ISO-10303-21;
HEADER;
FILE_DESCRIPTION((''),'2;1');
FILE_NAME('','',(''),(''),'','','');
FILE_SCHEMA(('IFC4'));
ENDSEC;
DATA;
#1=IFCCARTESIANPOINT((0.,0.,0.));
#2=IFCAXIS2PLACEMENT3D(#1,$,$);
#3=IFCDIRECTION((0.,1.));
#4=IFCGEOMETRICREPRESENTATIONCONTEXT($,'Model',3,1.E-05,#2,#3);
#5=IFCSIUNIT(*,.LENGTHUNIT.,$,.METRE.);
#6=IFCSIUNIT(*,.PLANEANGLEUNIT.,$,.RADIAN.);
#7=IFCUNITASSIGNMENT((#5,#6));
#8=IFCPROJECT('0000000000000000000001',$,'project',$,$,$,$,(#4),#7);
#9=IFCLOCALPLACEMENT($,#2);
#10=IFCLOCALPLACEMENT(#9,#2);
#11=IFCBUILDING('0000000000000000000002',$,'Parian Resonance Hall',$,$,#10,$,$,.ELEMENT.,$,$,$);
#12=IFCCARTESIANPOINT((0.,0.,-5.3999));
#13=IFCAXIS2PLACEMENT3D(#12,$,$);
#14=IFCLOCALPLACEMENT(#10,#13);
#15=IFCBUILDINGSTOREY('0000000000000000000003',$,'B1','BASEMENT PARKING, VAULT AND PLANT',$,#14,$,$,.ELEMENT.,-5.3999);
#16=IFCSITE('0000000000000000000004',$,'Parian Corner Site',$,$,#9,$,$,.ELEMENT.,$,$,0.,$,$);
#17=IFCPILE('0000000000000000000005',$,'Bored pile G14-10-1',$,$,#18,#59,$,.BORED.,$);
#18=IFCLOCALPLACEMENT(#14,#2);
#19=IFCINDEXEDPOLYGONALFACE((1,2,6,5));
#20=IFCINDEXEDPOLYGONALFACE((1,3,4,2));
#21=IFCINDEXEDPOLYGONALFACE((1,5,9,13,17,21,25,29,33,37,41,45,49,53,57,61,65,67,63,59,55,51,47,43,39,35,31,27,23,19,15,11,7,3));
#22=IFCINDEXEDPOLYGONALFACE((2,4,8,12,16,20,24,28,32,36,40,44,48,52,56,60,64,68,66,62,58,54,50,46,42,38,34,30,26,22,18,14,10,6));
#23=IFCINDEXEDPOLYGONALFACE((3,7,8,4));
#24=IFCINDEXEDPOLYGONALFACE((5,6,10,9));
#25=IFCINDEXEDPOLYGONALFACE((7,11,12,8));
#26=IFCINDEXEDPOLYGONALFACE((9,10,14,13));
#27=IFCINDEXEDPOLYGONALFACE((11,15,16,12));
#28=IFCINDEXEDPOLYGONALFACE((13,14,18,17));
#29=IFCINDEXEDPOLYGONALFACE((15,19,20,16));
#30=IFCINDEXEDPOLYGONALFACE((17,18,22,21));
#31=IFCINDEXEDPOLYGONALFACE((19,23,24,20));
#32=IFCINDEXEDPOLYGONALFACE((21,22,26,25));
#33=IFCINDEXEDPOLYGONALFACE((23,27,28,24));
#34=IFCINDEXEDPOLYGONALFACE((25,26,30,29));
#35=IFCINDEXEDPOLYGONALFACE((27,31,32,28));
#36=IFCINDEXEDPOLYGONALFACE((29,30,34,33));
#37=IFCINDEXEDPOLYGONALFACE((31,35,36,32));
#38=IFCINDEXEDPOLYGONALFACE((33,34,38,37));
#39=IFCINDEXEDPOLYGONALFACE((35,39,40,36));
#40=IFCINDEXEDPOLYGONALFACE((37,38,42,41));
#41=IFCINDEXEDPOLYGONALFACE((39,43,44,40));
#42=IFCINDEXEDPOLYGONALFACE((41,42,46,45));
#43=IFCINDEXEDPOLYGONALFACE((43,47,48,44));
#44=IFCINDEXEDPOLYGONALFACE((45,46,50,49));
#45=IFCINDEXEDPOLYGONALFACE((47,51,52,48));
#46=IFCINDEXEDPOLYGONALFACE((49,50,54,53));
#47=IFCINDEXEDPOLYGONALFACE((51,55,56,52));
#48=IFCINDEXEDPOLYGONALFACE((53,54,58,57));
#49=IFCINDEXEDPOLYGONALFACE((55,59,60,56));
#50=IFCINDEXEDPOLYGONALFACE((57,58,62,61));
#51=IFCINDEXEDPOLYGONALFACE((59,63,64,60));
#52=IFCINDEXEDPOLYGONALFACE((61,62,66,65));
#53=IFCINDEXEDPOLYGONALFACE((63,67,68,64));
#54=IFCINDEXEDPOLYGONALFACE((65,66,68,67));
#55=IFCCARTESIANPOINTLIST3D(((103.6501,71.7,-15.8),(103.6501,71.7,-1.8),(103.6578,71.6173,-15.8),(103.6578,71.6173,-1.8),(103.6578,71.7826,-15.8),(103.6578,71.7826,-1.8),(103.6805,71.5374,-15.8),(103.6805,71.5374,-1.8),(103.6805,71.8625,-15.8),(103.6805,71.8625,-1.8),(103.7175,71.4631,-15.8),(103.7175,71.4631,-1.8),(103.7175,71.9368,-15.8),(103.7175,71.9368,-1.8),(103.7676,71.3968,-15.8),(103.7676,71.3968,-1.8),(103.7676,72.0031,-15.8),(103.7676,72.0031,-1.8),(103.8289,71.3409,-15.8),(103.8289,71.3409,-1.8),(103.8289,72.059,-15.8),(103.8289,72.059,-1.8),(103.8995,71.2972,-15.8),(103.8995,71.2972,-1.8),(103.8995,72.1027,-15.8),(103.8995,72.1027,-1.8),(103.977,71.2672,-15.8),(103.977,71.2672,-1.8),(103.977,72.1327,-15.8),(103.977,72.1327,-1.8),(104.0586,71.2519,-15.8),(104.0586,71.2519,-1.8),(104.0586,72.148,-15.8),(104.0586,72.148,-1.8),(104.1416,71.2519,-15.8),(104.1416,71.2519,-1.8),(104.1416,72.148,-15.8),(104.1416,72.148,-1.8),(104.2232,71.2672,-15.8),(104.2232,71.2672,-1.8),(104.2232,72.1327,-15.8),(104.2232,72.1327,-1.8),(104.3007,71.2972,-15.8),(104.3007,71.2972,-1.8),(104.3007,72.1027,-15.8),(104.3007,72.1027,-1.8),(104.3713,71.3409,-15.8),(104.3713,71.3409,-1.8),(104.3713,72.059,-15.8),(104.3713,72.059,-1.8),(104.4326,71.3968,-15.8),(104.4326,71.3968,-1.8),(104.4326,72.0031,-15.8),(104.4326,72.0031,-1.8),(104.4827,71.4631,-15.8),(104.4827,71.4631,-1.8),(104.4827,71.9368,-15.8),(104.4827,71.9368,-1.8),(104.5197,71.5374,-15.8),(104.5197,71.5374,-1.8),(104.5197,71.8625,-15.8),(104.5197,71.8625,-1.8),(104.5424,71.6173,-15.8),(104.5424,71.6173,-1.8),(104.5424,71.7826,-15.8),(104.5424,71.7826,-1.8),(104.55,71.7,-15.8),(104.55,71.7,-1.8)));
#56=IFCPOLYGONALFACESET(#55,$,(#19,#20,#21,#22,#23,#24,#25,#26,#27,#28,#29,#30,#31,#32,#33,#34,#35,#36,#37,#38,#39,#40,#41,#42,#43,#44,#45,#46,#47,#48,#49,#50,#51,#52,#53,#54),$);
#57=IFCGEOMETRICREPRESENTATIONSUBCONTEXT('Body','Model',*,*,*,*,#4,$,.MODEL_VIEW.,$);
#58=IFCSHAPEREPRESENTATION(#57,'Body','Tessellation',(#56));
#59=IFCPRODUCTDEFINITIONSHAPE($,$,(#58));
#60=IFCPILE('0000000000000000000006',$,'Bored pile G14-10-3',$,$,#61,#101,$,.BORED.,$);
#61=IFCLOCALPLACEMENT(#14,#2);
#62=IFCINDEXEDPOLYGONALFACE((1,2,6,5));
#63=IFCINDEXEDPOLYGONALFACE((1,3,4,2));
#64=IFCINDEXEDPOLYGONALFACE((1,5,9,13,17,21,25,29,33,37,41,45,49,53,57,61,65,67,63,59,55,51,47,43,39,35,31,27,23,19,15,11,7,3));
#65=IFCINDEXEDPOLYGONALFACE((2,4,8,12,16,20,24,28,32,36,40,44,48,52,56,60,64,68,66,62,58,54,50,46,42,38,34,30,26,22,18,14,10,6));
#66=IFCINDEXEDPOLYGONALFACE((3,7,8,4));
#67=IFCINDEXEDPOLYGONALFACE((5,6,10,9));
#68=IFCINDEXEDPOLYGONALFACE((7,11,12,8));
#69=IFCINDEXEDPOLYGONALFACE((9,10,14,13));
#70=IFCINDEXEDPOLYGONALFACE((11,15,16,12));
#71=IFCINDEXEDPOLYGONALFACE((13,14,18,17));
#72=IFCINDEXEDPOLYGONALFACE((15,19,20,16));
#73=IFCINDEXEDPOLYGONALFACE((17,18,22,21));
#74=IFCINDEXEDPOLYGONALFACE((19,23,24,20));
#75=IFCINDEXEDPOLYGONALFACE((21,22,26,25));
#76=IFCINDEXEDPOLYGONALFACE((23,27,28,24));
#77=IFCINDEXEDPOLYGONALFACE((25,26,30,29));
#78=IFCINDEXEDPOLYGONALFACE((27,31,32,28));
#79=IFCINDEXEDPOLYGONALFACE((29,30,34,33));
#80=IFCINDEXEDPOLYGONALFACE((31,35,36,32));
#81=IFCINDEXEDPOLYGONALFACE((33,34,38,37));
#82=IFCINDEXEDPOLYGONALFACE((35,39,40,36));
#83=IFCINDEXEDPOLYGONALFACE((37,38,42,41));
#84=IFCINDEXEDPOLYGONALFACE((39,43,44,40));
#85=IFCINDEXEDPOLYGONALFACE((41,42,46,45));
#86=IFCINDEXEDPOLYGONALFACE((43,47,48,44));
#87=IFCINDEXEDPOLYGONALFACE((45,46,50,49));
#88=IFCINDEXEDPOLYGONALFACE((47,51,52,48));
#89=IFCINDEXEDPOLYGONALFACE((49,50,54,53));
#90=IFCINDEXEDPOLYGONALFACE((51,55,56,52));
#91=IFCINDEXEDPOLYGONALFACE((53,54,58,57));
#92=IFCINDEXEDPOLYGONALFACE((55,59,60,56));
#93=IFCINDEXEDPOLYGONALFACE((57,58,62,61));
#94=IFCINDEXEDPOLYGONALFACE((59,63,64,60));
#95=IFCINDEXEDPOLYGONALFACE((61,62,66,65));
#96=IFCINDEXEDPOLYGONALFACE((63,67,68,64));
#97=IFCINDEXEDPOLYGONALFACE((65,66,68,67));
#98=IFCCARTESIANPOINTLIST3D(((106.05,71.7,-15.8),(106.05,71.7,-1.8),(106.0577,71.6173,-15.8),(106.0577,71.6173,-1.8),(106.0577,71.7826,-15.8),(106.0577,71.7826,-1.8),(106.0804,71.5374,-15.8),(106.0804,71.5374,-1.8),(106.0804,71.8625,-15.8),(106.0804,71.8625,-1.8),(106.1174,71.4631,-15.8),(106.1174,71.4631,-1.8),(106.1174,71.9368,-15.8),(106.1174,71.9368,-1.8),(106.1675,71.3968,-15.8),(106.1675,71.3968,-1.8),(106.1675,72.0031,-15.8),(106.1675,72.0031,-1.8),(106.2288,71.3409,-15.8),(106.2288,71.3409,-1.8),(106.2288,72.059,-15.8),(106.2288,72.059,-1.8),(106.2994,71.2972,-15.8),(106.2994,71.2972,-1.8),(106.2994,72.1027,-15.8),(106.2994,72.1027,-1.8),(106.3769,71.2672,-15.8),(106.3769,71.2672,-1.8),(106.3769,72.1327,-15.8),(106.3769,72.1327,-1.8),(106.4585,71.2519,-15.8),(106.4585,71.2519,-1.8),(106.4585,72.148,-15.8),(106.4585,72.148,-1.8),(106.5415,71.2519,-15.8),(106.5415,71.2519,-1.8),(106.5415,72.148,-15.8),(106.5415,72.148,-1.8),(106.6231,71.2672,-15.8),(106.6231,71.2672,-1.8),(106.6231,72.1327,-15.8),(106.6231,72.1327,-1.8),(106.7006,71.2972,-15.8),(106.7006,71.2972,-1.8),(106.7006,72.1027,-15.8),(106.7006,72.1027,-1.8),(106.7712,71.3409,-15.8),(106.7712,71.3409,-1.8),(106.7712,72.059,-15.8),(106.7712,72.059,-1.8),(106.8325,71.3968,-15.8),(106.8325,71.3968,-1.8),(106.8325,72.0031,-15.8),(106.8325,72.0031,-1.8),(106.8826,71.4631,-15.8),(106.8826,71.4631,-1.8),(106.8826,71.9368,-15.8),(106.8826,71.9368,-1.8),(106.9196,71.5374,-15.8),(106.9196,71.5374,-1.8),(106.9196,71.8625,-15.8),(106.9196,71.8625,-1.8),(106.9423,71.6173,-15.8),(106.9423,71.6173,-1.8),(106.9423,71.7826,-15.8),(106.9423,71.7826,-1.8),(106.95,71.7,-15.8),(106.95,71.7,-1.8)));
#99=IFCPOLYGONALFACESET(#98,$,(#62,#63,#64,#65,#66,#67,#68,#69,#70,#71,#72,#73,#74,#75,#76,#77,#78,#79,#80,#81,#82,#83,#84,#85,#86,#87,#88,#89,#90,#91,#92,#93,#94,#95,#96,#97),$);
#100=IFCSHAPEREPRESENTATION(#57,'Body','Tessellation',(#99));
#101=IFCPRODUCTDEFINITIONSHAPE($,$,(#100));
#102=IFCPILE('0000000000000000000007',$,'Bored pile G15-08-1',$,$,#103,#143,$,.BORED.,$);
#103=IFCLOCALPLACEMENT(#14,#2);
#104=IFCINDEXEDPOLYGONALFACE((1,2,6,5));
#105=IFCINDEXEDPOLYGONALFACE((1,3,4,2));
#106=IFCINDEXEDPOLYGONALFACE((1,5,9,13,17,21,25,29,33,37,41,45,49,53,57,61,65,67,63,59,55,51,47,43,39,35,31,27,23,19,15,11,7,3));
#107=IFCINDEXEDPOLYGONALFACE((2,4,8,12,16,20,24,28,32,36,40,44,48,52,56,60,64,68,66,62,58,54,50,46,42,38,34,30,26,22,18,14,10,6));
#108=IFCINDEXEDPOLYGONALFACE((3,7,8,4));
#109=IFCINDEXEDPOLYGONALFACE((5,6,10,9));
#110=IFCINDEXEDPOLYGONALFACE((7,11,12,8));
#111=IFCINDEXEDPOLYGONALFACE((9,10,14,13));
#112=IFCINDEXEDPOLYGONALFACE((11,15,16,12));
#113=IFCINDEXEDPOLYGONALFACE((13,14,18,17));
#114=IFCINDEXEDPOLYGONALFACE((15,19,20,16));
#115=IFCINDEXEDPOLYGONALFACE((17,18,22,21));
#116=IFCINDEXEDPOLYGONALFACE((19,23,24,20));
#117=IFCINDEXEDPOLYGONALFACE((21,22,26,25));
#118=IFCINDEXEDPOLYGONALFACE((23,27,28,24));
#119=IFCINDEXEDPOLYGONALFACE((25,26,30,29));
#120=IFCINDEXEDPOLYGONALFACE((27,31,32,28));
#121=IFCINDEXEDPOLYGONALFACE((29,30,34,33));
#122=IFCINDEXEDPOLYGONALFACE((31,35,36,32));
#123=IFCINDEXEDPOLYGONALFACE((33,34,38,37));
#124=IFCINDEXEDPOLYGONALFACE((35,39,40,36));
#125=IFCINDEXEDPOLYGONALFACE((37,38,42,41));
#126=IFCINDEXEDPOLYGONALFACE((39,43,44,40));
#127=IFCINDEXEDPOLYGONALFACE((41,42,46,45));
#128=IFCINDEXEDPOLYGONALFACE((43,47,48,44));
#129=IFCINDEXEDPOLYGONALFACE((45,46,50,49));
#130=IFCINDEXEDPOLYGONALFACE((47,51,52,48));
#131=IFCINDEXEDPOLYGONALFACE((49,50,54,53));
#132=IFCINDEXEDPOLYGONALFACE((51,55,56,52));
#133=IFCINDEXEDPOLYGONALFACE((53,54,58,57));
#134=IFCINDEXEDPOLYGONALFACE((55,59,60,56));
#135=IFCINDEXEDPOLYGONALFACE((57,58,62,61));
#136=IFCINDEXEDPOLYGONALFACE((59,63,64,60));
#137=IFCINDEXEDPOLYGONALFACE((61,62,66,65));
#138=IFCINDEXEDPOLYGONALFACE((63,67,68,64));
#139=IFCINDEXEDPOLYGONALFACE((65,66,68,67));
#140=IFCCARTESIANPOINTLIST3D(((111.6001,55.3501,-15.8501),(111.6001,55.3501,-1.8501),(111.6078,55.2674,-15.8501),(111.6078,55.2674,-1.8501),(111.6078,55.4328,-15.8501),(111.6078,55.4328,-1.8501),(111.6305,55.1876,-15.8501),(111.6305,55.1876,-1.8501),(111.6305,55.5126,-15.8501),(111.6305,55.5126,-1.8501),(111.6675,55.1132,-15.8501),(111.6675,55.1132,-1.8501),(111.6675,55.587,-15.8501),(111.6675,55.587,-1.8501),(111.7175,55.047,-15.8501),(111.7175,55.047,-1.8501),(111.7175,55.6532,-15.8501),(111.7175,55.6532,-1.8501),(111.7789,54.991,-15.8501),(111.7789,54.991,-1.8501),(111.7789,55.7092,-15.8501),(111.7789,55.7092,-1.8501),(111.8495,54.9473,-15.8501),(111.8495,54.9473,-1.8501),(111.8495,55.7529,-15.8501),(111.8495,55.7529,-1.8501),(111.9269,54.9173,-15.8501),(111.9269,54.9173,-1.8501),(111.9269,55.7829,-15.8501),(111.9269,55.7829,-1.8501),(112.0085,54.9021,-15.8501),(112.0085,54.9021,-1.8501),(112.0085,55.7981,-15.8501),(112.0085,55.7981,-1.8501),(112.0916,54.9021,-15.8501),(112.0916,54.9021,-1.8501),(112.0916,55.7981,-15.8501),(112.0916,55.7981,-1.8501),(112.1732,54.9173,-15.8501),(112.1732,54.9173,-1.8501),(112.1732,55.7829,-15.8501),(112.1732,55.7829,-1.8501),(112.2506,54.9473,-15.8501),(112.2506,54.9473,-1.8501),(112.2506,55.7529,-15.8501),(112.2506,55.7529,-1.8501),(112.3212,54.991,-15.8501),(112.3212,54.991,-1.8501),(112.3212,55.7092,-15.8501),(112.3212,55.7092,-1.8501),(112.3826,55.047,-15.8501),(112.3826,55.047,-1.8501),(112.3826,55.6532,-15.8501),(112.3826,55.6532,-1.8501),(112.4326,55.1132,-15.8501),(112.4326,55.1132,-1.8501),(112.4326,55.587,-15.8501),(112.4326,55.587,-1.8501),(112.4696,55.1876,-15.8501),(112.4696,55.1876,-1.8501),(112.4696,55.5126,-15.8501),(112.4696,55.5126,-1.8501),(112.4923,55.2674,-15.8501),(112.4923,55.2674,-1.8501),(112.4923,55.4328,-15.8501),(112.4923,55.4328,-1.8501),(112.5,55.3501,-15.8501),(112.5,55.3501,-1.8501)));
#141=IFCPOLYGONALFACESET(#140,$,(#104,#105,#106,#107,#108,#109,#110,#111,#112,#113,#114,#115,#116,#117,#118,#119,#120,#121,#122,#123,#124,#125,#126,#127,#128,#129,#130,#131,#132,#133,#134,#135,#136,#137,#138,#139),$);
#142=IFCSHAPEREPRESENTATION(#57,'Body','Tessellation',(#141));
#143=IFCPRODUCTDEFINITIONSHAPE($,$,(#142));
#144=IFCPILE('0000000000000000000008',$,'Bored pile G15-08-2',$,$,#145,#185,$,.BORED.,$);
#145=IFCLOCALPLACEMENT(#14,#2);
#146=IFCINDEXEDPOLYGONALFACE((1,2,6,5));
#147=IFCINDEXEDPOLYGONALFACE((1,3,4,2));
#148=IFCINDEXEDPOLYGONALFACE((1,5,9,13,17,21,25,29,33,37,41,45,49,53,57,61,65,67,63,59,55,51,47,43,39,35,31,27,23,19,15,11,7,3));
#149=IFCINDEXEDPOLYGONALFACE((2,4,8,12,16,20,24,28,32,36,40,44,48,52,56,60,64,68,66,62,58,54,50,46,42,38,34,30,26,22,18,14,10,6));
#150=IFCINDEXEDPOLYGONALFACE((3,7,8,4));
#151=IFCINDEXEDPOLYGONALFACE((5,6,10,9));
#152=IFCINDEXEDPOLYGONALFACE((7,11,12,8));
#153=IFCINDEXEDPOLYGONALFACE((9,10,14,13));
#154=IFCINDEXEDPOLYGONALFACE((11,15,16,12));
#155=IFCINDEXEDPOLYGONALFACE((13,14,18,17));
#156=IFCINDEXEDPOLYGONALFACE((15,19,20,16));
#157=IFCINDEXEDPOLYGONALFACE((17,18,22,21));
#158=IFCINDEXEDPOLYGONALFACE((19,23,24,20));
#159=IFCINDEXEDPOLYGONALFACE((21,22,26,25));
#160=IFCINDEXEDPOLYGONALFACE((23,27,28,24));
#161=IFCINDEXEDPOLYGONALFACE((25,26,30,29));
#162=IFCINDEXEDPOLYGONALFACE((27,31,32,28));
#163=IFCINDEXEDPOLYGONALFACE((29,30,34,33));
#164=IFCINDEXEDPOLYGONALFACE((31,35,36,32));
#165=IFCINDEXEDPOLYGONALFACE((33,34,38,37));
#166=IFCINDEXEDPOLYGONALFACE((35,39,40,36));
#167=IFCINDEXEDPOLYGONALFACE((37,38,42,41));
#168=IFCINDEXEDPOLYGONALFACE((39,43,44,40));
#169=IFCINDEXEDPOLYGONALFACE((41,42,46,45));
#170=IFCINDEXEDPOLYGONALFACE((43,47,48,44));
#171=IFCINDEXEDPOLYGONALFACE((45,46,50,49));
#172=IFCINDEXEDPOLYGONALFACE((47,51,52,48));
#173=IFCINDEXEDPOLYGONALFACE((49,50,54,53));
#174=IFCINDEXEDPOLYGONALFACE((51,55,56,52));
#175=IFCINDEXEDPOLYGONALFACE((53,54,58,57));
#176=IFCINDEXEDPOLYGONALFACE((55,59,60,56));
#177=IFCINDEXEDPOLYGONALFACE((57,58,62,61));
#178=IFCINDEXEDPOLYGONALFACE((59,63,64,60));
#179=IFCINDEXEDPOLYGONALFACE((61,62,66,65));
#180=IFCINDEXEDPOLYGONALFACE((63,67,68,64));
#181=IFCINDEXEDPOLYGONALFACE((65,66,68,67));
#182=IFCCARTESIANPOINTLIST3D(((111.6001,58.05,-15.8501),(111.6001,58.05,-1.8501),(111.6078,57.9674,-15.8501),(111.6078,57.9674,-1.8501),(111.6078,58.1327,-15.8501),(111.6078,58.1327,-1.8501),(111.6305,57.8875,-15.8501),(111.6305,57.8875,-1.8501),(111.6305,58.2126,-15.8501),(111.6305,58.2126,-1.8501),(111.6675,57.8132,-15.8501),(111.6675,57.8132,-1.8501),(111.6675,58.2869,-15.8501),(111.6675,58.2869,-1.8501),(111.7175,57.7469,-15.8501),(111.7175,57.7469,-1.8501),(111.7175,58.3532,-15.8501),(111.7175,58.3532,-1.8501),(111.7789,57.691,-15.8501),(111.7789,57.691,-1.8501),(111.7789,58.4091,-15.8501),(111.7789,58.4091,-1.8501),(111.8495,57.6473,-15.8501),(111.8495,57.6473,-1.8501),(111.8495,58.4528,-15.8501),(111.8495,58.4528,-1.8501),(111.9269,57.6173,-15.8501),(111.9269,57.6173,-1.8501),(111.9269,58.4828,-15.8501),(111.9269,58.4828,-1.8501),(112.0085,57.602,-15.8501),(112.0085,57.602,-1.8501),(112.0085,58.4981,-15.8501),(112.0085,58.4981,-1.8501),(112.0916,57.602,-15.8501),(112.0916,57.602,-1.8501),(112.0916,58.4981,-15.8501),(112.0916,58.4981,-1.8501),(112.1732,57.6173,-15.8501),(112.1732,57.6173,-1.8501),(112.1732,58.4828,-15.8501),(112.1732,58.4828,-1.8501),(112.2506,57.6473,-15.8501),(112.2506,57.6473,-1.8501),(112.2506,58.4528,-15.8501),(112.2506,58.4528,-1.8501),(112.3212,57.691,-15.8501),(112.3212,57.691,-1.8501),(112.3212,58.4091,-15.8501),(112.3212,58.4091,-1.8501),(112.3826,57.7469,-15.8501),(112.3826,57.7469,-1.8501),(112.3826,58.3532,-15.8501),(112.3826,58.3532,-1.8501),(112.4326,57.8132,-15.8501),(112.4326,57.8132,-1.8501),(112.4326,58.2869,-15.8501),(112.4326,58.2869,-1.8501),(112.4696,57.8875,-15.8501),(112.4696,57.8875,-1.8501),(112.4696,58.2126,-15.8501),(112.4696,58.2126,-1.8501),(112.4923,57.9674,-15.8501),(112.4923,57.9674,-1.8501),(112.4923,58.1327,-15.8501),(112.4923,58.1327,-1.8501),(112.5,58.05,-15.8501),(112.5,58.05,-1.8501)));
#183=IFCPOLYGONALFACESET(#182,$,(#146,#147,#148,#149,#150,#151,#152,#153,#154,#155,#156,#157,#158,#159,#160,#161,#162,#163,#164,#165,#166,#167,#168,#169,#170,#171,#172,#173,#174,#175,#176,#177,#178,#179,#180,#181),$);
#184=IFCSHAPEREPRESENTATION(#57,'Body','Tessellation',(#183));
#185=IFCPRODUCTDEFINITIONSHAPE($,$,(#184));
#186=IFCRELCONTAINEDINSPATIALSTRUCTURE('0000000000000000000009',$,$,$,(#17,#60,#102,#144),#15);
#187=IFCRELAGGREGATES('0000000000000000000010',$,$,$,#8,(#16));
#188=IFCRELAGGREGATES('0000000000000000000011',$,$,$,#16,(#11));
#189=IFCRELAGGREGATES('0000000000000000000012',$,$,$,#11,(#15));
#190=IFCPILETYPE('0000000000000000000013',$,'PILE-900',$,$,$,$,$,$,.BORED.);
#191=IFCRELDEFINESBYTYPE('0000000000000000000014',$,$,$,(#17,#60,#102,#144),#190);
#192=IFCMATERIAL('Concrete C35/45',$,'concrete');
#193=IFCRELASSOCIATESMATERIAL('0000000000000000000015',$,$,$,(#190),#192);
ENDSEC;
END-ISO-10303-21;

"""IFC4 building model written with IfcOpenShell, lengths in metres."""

from ifc_helpers import new_model, si_unit, direction, frame, origin, origin_2d, place, context, subcontext, project, spatial, circle, extrude, material, material_profile, profile_set, type_object, element, save


model = new_model("IFC4")

# Units and contexts
model_context = context("Model", 3, precision=1e-05, world=origin(), true_north=direction((0.0, 1.0)))
body_context = subcontext(model_context, "Body", "Model", "MODEL_VIEW")
ifc_project = project(units=[si_unit("LENGTHUNIT", "METRE"), si_unit("PLANEANGLEUNIT", "RADIAN")], contexts=[model_context])

# Site, building, storey
site_placement = place(None, origin())
site = spatial("IfcSite", under=ifc_project, at=site_placement, Name="Parian Corner Site", CompositionType="ELEMENT", RefElevation=0.0)
building_placement = place(site_placement, origin())
building = spatial("IfcBuilding", under=site, at=building_placement, Name="Parian Resonance Hall", CompositionType="ELEMENT")
storey_placement = place(building_placement, frame((0.0, 0.0, -5.3999)))
storey = spatial("IfcBuildingStorey", under=building, at=storey_placement, Name="B1", Description="BASEMENT PARKING, VAULT AND PLANT", CompositionType="ELEMENT", Elevation=-5.3999)

# Piles
ifc_material_1 = material(Name="Concrete C35/45", Category="concrete")
ifc_material_profile_1 = material_profile(ifc_material_1, circle(Radius=0.45, at=origin_2d()), Name="PILE-D900")
ifc_profile_set_1 = profile_set([ifc_material_profile_1], Name="Concrete C35/45")
pile_type_1 = type_object("IfcPileType", Name="PILE-900", PredefinedType="BORED", material=ifc_profile_set_1)
for number, where, z_axis, x_axis, name in (
    (1, (104.1001, 71.7, -1.8), (0.0, 0.0, -1.0), (1.0, 0.0, 0.0), "Bored pile G14-10-1"),
    (2, (106.5, 71.7, -1.8), (0.0, 0.0, -1.0), (1.0, 0.0, 0.0), "Bored pile G14-10-3"),
    (3, (112.05, 55.3501, -1.8501), (0.0, 0.0, -1.0), (1.0, 0.0, 0.0), "Bored pile G15-08-1"),
    (4, (112.05, 58.05, -1.8501), (0.0, 0.0, -1.0), (1.0, 0.0, 0.0), "Bored pile G15-08-2"),
):
    element("IfcPile", number, at=place(storey_placement, frame(where, z_axis=z_axis, x_axis=x_axis)), inside=storey, type_object=pile_type_1, Name=name, PredefinedType="BORED", context=body_context, shape_type="SweptSolid", body=[
        extrude(circle(Radius=0.45, at=origin_2d()), origin(), (0.0, 0.0, 1.0), 14.0),
    ])

save(model, "model.ifc")
